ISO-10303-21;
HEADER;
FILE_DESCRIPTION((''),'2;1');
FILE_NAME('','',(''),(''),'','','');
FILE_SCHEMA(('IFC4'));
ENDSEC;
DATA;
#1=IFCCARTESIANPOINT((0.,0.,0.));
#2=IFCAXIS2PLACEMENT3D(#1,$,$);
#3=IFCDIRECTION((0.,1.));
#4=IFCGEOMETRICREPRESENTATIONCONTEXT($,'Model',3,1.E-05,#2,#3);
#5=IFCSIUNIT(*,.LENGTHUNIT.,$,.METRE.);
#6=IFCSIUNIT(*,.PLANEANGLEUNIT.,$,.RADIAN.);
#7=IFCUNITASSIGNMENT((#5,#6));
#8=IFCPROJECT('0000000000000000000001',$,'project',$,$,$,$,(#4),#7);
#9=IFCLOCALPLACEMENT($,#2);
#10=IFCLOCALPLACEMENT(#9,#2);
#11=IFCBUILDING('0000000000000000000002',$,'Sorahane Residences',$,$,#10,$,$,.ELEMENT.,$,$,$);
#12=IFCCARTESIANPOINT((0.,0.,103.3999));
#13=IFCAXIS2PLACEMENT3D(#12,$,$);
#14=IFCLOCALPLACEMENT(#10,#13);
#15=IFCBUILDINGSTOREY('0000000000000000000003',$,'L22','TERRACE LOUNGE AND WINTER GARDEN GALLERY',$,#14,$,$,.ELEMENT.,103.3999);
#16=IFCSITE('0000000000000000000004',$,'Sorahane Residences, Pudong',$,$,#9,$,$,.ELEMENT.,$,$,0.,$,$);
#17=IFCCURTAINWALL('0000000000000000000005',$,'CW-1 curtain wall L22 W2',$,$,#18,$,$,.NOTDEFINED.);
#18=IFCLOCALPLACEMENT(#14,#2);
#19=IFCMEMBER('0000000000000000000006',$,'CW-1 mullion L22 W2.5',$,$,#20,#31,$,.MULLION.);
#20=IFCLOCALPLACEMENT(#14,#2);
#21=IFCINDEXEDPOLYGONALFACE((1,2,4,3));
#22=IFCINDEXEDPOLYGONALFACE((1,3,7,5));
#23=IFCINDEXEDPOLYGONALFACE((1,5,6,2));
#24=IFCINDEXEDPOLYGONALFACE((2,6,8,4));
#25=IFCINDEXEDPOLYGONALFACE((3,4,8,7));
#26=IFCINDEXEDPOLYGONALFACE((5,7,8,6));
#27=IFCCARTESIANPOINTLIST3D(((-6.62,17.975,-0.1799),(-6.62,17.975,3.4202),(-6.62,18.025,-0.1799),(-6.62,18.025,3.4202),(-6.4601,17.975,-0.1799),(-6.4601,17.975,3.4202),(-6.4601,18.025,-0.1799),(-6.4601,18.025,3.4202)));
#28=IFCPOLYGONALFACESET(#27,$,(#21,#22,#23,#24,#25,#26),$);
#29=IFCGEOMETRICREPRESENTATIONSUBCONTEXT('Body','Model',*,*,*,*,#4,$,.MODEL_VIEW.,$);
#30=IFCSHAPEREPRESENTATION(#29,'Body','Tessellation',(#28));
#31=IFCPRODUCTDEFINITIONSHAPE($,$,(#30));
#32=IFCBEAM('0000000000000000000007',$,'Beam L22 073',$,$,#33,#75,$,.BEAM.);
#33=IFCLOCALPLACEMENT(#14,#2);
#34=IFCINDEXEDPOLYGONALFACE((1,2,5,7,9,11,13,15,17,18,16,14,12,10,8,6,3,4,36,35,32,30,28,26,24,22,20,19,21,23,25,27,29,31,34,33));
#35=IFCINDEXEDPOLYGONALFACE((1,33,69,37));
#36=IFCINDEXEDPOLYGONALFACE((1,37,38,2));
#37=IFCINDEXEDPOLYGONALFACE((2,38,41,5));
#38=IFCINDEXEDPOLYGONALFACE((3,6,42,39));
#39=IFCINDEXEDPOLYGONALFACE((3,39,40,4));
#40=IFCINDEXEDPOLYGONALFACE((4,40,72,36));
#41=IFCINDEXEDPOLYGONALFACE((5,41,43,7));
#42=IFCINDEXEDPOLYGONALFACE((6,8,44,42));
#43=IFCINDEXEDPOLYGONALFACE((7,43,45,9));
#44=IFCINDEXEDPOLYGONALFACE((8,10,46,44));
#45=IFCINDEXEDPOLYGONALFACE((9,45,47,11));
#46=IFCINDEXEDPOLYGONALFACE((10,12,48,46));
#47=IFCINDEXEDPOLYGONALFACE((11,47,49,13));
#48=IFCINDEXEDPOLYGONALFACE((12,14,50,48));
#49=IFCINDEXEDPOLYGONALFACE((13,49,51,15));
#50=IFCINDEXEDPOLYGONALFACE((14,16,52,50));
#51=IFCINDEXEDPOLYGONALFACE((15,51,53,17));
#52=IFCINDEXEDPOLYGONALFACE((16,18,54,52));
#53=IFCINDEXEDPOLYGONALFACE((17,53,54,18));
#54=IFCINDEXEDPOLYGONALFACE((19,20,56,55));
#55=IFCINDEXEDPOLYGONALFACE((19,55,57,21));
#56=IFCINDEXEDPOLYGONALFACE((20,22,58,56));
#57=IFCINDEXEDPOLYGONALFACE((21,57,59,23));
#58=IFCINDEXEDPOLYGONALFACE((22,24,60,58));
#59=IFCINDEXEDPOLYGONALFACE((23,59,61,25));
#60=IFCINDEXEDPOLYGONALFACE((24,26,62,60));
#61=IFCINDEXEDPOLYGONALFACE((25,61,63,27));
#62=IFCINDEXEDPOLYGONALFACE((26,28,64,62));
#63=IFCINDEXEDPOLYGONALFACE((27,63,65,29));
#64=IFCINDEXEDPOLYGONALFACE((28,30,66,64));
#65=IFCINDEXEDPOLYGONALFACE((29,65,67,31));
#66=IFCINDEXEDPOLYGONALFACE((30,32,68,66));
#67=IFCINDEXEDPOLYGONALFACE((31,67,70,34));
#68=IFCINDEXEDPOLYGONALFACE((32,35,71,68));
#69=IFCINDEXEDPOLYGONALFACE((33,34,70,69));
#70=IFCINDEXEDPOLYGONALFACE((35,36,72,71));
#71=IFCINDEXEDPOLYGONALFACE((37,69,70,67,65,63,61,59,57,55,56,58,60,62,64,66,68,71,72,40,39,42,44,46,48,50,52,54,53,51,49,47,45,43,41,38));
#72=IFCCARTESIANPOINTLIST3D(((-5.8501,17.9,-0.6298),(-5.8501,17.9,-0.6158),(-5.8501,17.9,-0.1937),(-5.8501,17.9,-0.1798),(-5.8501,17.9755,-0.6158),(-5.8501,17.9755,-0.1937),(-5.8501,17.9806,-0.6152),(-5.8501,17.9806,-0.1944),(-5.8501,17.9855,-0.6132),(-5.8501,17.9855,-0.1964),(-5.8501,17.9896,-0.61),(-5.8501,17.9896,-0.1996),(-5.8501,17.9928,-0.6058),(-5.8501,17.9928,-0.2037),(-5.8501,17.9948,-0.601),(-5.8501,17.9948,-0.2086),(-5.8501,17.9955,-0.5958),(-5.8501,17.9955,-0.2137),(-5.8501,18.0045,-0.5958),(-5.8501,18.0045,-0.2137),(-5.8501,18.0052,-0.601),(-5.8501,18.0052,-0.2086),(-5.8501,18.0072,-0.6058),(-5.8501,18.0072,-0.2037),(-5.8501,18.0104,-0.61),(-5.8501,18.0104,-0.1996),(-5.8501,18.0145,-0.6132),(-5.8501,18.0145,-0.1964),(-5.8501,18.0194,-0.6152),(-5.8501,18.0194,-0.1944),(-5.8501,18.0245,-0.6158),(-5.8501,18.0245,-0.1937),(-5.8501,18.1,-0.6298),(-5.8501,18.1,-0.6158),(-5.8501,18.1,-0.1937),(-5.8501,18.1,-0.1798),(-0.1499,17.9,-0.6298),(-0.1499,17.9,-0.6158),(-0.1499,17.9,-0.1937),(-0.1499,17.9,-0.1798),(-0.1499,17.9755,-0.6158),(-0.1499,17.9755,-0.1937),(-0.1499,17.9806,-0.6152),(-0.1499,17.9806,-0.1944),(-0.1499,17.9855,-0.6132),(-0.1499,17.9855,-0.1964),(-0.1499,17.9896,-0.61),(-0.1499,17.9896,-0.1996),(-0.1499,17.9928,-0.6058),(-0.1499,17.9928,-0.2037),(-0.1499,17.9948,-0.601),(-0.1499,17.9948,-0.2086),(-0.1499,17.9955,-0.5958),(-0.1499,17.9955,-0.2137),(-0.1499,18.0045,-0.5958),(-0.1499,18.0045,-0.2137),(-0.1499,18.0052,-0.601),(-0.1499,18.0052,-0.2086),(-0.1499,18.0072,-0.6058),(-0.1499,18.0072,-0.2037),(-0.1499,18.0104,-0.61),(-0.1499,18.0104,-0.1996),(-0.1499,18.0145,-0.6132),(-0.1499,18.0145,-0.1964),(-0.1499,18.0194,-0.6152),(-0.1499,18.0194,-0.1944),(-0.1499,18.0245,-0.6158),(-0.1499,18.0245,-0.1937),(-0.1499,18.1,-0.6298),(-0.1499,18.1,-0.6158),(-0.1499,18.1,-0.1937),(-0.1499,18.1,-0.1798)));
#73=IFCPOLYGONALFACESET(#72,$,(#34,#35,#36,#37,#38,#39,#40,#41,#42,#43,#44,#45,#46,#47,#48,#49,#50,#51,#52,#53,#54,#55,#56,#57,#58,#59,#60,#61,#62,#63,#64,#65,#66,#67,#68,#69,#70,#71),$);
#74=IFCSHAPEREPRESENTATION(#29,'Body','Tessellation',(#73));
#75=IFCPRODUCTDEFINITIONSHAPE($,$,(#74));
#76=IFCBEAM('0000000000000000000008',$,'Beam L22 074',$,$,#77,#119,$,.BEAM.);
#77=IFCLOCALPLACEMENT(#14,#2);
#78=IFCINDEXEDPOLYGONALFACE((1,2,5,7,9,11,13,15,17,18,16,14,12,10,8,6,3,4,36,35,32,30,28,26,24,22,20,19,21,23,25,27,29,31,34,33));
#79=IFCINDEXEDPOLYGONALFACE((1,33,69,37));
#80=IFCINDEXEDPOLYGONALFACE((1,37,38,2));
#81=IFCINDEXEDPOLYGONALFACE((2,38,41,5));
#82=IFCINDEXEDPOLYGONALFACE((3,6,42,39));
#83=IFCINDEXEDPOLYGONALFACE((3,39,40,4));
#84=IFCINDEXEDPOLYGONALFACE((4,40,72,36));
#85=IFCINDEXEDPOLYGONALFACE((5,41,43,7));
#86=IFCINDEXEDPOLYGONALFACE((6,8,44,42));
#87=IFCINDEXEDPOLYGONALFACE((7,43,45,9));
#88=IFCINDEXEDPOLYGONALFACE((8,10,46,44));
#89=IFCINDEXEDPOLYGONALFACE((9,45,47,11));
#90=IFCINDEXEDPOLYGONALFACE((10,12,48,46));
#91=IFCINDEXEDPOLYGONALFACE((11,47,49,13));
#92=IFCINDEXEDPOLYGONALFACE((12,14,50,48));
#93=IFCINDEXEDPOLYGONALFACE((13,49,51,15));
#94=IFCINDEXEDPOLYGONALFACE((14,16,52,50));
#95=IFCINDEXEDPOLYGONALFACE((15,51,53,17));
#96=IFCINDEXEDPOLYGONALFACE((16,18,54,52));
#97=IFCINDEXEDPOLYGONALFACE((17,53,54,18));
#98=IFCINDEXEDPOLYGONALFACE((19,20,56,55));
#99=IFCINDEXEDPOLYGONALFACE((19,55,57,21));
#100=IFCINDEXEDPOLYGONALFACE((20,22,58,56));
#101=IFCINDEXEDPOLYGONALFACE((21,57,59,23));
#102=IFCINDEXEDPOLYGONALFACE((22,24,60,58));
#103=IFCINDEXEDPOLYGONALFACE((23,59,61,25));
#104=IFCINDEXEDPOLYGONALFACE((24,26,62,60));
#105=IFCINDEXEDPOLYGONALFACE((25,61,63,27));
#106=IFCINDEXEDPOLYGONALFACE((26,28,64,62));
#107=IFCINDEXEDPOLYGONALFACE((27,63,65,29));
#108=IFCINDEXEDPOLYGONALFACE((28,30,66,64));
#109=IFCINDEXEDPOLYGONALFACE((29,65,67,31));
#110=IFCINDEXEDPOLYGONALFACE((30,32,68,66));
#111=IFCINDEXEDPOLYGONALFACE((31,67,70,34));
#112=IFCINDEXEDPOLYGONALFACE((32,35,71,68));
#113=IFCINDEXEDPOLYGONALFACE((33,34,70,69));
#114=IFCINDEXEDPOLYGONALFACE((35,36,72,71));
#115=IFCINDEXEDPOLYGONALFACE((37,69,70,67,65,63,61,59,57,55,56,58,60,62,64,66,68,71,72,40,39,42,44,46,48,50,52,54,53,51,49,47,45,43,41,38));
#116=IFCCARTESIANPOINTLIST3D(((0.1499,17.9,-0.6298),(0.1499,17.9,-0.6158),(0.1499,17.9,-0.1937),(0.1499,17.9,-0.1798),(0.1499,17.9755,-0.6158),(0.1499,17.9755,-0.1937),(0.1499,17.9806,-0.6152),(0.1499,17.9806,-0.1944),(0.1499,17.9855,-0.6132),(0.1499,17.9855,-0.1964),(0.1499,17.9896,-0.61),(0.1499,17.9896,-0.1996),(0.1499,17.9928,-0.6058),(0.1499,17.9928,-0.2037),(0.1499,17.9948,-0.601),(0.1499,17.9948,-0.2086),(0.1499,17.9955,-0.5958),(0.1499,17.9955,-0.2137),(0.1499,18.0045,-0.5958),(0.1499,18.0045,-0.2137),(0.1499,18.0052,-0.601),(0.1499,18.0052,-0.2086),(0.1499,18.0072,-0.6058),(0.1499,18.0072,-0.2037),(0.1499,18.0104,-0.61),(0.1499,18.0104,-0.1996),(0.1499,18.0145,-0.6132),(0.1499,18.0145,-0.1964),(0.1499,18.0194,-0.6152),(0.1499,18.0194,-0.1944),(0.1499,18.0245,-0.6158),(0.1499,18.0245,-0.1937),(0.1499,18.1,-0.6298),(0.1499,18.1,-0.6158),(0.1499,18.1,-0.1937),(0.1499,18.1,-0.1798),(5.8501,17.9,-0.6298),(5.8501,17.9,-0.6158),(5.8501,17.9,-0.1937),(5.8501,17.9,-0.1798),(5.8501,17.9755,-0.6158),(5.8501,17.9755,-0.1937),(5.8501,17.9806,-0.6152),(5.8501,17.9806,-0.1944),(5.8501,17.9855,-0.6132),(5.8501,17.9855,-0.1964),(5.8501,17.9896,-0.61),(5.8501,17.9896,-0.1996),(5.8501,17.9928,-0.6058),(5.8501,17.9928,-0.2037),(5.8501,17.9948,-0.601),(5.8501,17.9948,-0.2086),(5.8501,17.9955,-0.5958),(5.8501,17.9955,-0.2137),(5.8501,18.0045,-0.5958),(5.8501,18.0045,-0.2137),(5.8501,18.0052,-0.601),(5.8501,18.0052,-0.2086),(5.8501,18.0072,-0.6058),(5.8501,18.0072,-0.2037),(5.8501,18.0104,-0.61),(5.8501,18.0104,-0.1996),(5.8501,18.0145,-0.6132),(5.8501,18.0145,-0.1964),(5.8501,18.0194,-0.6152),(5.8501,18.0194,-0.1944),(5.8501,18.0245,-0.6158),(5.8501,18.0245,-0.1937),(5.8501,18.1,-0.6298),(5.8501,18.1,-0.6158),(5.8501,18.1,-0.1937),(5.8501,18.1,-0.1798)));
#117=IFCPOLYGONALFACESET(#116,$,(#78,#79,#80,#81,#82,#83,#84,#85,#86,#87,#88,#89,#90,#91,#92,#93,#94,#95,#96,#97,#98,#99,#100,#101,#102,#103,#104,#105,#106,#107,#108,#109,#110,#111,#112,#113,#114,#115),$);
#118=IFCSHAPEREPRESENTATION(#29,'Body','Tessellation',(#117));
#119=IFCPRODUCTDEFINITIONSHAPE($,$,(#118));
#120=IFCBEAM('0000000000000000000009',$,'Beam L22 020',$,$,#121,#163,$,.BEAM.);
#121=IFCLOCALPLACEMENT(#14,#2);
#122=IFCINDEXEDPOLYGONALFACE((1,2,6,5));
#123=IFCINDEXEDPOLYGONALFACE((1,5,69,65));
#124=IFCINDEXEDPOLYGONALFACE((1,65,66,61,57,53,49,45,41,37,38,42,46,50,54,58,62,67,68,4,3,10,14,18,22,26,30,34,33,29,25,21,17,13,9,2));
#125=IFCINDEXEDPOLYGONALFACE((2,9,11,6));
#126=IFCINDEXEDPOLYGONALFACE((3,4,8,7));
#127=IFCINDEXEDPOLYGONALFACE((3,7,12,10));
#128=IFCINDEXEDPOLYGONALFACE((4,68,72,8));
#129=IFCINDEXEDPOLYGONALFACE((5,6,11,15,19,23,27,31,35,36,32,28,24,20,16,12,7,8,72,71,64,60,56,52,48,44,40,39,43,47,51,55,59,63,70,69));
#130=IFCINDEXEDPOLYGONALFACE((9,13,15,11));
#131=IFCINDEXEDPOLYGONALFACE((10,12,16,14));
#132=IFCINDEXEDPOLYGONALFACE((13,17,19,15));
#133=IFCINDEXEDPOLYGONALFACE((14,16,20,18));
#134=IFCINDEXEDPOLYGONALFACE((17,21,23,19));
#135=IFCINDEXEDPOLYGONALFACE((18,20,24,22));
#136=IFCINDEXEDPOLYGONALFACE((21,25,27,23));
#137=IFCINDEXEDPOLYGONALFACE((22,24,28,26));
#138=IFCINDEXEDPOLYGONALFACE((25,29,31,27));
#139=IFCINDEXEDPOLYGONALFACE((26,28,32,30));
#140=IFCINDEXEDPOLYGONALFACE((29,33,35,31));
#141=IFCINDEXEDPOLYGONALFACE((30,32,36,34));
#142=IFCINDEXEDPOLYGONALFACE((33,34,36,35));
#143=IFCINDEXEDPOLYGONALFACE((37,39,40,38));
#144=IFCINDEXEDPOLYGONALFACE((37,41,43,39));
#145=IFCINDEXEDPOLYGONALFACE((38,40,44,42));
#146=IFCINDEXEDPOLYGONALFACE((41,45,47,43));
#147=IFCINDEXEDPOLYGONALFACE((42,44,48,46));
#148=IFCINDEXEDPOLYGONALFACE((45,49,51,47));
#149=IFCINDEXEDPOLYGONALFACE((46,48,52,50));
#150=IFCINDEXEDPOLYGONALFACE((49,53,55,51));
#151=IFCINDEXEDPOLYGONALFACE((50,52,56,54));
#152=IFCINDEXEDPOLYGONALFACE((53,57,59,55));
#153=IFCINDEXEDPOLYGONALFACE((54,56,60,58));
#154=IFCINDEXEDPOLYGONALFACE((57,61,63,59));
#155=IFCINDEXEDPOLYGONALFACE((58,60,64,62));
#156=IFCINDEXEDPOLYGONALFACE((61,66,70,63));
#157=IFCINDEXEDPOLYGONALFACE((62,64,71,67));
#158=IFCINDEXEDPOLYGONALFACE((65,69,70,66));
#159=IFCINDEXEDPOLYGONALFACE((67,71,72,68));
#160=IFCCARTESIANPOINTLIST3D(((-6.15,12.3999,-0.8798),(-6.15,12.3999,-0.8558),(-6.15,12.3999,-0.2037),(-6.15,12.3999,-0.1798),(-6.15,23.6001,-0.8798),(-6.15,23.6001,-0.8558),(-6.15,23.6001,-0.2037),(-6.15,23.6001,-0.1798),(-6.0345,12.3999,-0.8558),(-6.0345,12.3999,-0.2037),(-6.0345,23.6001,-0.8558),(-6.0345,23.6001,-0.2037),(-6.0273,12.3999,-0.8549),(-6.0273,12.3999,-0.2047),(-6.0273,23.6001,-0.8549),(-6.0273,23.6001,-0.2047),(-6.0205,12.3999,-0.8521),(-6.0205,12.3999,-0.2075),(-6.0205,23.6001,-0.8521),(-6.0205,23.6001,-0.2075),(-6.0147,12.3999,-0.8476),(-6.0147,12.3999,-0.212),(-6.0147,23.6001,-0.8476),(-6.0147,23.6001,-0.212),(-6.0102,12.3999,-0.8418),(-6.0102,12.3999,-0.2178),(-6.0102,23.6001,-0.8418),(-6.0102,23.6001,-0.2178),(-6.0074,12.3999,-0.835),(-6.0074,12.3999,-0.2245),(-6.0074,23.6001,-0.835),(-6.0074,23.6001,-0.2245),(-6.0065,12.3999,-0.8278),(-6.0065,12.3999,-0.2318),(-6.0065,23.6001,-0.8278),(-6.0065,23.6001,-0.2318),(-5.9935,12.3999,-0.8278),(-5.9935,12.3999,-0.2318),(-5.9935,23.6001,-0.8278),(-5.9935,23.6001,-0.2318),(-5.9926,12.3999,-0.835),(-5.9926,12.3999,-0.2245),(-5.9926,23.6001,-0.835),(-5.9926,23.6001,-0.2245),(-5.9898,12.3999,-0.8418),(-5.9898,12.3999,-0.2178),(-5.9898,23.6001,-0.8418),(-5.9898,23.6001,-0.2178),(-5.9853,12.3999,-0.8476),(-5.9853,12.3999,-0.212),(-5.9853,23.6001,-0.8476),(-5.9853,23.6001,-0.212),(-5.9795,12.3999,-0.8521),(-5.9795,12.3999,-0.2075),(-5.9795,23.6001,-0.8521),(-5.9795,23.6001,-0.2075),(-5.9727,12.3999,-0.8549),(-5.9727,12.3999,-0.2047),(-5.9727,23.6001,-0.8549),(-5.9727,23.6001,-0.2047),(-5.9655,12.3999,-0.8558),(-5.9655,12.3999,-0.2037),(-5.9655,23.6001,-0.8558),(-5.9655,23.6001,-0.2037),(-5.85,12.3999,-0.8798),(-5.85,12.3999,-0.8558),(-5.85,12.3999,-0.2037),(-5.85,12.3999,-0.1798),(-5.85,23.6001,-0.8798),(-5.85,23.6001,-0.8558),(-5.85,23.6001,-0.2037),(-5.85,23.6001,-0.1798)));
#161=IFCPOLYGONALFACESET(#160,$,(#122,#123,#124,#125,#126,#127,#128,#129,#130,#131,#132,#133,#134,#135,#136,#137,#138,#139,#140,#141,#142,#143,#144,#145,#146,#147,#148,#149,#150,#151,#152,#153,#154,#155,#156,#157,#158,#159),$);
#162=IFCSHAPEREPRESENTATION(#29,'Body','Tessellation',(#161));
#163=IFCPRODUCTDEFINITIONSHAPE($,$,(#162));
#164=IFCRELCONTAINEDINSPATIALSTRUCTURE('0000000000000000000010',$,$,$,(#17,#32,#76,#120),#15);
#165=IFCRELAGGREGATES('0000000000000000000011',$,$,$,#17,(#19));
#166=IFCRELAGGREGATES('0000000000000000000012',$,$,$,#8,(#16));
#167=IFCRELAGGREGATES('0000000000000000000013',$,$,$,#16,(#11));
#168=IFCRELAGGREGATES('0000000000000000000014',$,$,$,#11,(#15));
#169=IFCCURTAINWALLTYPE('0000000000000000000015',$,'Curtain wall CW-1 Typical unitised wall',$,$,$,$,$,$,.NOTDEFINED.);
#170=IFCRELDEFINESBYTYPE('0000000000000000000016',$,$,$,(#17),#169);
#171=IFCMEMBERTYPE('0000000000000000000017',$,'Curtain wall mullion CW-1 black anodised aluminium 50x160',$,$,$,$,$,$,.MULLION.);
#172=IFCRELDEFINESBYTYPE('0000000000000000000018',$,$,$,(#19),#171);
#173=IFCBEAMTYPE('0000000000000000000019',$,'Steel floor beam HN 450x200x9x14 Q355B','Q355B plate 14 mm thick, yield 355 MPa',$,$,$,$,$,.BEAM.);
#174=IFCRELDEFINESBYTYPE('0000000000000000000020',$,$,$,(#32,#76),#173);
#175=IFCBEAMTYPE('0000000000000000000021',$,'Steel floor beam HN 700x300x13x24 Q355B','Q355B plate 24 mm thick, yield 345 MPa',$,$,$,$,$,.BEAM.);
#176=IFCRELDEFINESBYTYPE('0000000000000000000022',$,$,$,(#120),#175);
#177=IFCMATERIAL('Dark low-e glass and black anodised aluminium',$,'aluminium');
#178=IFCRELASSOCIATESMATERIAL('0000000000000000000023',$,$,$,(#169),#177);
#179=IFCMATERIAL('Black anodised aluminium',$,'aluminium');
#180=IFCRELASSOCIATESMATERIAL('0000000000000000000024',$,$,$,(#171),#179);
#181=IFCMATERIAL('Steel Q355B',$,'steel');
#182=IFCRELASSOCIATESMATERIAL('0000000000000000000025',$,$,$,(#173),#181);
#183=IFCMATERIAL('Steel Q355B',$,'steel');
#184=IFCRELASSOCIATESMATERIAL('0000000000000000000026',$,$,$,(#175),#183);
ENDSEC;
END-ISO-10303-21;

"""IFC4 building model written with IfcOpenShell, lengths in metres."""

from ifc_helpers import new_model, si_unit, direction, frame, origin, origin_2d, place, context, subcontext, project, spatial, rectangle, i_section, extrude, material, material_profile, profile_set, type_object, element, aggregate, save


model = new_model("IFC4")

# Units and contexts
model_context = context("Model", 3, precision=1e-05, world=origin(), true_north=direction((0.0, 1.0)))
body_context = subcontext(model_context, "Body", "Model", "MODEL_VIEW")
ifc_project = project(units=[si_unit("LENGTHUNIT", "METRE"), si_unit("PLANEANGLEUNIT", "RADIAN")], contexts=[model_context])

# Site, building, storey
site_placement = place(None, origin())
site = spatial("IfcSite", under=ifc_project, at=site_placement, Name="Sorahane Residences, Pudong", CompositionType="ELEMENT", RefElevation=0.0)
building_placement = place(site_placement, origin())
building = spatial("IfcBuilding", under=site, at=building_placement, Name="Sorahane Residences", CompositionType="ELEMENT")
storey_placement = place(building_placement, frame((0.0, 0.0, 103.3999)))
storey = spatial("IfcBuildingStorey", under=building, at=storey_placement, Name="L22", Description="TERRACE LOUNGE AND WINTER GARDEN GALLERY", CompositionType="ELEMENT", Elevation=103.3999)

# Curtain wall, member
ifc_material_1 = material(Name="Dark low-e glass and black anodised aluminium", Category="aluminium")
curtain_wall_type = type_object("IfcCurtainWallType", Name="Curtain wall CW-1 Typical unitised wall", PredefinedType="NOTDEFINED", material=ifc_material_1)
curtain_wall_placement = place(storey_placement, origin())
curtain_wall = element("IfcCurtainWall", 1, at=curtain_wall_placement, inside=storey, type_object=curtain_wall_type, Name="CW-1 curtain wall L22 W2", PredefinedType="NOTDEFINED")
ifc_material_2 = material(Name="Black anodised aluminium", Category="aluminium")
ifc_material_profile_1 = material_profile(ifc_material_2, rectangle(XDim=0.1599, YDim=0.05, at=origin_2d()), Name="Curtain wall mullion CW-1 black anodised aluminium 50x160")
ifc_profile_set_1 = profile_set([ifc_material_profile_1], Name="Black anodised aluminium")
member_type = type_object("IfcMemberType", Name="Curtain wall mullion CW-1 black anodised aluminium 50x160", PredefinedType="MULLION", material=ifc_profile_set_1)
member_placement = place(storey_placement, frame((-6.54, 18.0, -0.1799), z_axis=(0.0, 0.0, 1.0), x_axis=(-1.0, 0.0, 0.0)))
member = element("IfcMember", 2, at=member_placement, type_object=member_type, Name="CW-1 mullion L22 W2.5", PredefinedType="MULLION", context=body_context, shape_type="SweptSolid", body=[
    extrude(rectangle(XDim=0.1599, YDim=0.05, at=origin_2d()), origin(), (0.0, 0.0, 1.0), 3.6001),
])

# Beams
ifc_material_3 = material(Name="Steel Q355B", Category="steel")
ifc_material_profile_2 = material_profile(ifc_material_3, i_section(OverallWidth=0.2, OverallDepth=0.45, WebThickness=0.009, FlangeThickness=0.0139, FilletRadius=0.02, at=origin_2d()), Name="HN 450x200x9x14")
ifc_profile_set_2 = profile_set([ifc_material_profile_2], Name="Steel Q355B")
beam_type_1 = type_object("IfcBeamType", Name="Steel floor beam HN 450x200x9x14 Q355B", Description="Q355B plate 14 mm thick, yield 355 MPa", PredefinedType="BEAM", material=ifc_profile_set_2)
for number, where, z_axis, x_axis, name in (
    (3, (-5.8501, 18.0, -0.4048), (1.0, 0.0, 0.0), (0.0, 1.0, 0.0), "Beam L22 073"),
    (4, (0.1499, 18.0, -0.4048), (1.0, 0.0, 0.0), (0.0, 1.0, 0.0), "Beam L22 074"),
):
    element("IfcBeam", number, at=place(storey_placement, frame(where, z_axis=z_axis, x_axis=x_axis)), inside=storey, type_object=beam_type_1, Name=name, PredefinedType="BEAM", context=body_context, shape_type="SweptSolid", body=[
        extrude(i_section(OverallWidth=0.2, OverallDepth=0.45, WebThickness=0.009, FlangeThickness=0.0139, FilletRadius=0.02, at=origin_2d()), origin(), (0.0, 0.0, 1.0), 5.7002),
    ])
ifc_material_4 = material(Name="Steel Q355B", Category="steel")
ifc_material_profile_3 = material_profile(ifc_material_4, i_section(OverallWidth=0.3, OverallDepth=0.7, WebThickness=0.0129, FlangeThickness=0.0239, FilletRadius=0.0281, at=origin_2d()), Name="HN 700x300x13x24")
ifc_profile_set_3 = profile_set([ifc_material_profile_3], Name="Steel Q355B")
beam_type_2 = type_object("IfcBeamType", Name="Steel floor beam HN 700x300x13x24 Q355B", Description="Q355B plate 24 mm thick, yield 345 MPa", PredefinedType="BEAM", material=ifc_profile_set_3)
beam_1_placement = place(storey_placement, frame((-6.0, 12.3999, -0.5298), z_axis=(0.0, 1.0, 0.0), x_axis=(-1.0, 0.0, 0.0)))
element("IfcBeam", 5, at=beam_1_placement, inside=storey, type_object=beam_type_2, Name="Beam L22 020", PredefinedType="BEAM", context=body_context, shape_type="SweptSolid", body=[
    extrude(i_section(OverallWidth=0.3, OverallDepth=0.7, WebThickness=0.0129, FlangeThickness=0.0239, FilletRadius=0.0281, at=origin_2d()), origin(), (0.0, 0.0, 1.0), 11.2002),
])

aggregate(curtain_wall, [member])

save(model, "model.ifc")
